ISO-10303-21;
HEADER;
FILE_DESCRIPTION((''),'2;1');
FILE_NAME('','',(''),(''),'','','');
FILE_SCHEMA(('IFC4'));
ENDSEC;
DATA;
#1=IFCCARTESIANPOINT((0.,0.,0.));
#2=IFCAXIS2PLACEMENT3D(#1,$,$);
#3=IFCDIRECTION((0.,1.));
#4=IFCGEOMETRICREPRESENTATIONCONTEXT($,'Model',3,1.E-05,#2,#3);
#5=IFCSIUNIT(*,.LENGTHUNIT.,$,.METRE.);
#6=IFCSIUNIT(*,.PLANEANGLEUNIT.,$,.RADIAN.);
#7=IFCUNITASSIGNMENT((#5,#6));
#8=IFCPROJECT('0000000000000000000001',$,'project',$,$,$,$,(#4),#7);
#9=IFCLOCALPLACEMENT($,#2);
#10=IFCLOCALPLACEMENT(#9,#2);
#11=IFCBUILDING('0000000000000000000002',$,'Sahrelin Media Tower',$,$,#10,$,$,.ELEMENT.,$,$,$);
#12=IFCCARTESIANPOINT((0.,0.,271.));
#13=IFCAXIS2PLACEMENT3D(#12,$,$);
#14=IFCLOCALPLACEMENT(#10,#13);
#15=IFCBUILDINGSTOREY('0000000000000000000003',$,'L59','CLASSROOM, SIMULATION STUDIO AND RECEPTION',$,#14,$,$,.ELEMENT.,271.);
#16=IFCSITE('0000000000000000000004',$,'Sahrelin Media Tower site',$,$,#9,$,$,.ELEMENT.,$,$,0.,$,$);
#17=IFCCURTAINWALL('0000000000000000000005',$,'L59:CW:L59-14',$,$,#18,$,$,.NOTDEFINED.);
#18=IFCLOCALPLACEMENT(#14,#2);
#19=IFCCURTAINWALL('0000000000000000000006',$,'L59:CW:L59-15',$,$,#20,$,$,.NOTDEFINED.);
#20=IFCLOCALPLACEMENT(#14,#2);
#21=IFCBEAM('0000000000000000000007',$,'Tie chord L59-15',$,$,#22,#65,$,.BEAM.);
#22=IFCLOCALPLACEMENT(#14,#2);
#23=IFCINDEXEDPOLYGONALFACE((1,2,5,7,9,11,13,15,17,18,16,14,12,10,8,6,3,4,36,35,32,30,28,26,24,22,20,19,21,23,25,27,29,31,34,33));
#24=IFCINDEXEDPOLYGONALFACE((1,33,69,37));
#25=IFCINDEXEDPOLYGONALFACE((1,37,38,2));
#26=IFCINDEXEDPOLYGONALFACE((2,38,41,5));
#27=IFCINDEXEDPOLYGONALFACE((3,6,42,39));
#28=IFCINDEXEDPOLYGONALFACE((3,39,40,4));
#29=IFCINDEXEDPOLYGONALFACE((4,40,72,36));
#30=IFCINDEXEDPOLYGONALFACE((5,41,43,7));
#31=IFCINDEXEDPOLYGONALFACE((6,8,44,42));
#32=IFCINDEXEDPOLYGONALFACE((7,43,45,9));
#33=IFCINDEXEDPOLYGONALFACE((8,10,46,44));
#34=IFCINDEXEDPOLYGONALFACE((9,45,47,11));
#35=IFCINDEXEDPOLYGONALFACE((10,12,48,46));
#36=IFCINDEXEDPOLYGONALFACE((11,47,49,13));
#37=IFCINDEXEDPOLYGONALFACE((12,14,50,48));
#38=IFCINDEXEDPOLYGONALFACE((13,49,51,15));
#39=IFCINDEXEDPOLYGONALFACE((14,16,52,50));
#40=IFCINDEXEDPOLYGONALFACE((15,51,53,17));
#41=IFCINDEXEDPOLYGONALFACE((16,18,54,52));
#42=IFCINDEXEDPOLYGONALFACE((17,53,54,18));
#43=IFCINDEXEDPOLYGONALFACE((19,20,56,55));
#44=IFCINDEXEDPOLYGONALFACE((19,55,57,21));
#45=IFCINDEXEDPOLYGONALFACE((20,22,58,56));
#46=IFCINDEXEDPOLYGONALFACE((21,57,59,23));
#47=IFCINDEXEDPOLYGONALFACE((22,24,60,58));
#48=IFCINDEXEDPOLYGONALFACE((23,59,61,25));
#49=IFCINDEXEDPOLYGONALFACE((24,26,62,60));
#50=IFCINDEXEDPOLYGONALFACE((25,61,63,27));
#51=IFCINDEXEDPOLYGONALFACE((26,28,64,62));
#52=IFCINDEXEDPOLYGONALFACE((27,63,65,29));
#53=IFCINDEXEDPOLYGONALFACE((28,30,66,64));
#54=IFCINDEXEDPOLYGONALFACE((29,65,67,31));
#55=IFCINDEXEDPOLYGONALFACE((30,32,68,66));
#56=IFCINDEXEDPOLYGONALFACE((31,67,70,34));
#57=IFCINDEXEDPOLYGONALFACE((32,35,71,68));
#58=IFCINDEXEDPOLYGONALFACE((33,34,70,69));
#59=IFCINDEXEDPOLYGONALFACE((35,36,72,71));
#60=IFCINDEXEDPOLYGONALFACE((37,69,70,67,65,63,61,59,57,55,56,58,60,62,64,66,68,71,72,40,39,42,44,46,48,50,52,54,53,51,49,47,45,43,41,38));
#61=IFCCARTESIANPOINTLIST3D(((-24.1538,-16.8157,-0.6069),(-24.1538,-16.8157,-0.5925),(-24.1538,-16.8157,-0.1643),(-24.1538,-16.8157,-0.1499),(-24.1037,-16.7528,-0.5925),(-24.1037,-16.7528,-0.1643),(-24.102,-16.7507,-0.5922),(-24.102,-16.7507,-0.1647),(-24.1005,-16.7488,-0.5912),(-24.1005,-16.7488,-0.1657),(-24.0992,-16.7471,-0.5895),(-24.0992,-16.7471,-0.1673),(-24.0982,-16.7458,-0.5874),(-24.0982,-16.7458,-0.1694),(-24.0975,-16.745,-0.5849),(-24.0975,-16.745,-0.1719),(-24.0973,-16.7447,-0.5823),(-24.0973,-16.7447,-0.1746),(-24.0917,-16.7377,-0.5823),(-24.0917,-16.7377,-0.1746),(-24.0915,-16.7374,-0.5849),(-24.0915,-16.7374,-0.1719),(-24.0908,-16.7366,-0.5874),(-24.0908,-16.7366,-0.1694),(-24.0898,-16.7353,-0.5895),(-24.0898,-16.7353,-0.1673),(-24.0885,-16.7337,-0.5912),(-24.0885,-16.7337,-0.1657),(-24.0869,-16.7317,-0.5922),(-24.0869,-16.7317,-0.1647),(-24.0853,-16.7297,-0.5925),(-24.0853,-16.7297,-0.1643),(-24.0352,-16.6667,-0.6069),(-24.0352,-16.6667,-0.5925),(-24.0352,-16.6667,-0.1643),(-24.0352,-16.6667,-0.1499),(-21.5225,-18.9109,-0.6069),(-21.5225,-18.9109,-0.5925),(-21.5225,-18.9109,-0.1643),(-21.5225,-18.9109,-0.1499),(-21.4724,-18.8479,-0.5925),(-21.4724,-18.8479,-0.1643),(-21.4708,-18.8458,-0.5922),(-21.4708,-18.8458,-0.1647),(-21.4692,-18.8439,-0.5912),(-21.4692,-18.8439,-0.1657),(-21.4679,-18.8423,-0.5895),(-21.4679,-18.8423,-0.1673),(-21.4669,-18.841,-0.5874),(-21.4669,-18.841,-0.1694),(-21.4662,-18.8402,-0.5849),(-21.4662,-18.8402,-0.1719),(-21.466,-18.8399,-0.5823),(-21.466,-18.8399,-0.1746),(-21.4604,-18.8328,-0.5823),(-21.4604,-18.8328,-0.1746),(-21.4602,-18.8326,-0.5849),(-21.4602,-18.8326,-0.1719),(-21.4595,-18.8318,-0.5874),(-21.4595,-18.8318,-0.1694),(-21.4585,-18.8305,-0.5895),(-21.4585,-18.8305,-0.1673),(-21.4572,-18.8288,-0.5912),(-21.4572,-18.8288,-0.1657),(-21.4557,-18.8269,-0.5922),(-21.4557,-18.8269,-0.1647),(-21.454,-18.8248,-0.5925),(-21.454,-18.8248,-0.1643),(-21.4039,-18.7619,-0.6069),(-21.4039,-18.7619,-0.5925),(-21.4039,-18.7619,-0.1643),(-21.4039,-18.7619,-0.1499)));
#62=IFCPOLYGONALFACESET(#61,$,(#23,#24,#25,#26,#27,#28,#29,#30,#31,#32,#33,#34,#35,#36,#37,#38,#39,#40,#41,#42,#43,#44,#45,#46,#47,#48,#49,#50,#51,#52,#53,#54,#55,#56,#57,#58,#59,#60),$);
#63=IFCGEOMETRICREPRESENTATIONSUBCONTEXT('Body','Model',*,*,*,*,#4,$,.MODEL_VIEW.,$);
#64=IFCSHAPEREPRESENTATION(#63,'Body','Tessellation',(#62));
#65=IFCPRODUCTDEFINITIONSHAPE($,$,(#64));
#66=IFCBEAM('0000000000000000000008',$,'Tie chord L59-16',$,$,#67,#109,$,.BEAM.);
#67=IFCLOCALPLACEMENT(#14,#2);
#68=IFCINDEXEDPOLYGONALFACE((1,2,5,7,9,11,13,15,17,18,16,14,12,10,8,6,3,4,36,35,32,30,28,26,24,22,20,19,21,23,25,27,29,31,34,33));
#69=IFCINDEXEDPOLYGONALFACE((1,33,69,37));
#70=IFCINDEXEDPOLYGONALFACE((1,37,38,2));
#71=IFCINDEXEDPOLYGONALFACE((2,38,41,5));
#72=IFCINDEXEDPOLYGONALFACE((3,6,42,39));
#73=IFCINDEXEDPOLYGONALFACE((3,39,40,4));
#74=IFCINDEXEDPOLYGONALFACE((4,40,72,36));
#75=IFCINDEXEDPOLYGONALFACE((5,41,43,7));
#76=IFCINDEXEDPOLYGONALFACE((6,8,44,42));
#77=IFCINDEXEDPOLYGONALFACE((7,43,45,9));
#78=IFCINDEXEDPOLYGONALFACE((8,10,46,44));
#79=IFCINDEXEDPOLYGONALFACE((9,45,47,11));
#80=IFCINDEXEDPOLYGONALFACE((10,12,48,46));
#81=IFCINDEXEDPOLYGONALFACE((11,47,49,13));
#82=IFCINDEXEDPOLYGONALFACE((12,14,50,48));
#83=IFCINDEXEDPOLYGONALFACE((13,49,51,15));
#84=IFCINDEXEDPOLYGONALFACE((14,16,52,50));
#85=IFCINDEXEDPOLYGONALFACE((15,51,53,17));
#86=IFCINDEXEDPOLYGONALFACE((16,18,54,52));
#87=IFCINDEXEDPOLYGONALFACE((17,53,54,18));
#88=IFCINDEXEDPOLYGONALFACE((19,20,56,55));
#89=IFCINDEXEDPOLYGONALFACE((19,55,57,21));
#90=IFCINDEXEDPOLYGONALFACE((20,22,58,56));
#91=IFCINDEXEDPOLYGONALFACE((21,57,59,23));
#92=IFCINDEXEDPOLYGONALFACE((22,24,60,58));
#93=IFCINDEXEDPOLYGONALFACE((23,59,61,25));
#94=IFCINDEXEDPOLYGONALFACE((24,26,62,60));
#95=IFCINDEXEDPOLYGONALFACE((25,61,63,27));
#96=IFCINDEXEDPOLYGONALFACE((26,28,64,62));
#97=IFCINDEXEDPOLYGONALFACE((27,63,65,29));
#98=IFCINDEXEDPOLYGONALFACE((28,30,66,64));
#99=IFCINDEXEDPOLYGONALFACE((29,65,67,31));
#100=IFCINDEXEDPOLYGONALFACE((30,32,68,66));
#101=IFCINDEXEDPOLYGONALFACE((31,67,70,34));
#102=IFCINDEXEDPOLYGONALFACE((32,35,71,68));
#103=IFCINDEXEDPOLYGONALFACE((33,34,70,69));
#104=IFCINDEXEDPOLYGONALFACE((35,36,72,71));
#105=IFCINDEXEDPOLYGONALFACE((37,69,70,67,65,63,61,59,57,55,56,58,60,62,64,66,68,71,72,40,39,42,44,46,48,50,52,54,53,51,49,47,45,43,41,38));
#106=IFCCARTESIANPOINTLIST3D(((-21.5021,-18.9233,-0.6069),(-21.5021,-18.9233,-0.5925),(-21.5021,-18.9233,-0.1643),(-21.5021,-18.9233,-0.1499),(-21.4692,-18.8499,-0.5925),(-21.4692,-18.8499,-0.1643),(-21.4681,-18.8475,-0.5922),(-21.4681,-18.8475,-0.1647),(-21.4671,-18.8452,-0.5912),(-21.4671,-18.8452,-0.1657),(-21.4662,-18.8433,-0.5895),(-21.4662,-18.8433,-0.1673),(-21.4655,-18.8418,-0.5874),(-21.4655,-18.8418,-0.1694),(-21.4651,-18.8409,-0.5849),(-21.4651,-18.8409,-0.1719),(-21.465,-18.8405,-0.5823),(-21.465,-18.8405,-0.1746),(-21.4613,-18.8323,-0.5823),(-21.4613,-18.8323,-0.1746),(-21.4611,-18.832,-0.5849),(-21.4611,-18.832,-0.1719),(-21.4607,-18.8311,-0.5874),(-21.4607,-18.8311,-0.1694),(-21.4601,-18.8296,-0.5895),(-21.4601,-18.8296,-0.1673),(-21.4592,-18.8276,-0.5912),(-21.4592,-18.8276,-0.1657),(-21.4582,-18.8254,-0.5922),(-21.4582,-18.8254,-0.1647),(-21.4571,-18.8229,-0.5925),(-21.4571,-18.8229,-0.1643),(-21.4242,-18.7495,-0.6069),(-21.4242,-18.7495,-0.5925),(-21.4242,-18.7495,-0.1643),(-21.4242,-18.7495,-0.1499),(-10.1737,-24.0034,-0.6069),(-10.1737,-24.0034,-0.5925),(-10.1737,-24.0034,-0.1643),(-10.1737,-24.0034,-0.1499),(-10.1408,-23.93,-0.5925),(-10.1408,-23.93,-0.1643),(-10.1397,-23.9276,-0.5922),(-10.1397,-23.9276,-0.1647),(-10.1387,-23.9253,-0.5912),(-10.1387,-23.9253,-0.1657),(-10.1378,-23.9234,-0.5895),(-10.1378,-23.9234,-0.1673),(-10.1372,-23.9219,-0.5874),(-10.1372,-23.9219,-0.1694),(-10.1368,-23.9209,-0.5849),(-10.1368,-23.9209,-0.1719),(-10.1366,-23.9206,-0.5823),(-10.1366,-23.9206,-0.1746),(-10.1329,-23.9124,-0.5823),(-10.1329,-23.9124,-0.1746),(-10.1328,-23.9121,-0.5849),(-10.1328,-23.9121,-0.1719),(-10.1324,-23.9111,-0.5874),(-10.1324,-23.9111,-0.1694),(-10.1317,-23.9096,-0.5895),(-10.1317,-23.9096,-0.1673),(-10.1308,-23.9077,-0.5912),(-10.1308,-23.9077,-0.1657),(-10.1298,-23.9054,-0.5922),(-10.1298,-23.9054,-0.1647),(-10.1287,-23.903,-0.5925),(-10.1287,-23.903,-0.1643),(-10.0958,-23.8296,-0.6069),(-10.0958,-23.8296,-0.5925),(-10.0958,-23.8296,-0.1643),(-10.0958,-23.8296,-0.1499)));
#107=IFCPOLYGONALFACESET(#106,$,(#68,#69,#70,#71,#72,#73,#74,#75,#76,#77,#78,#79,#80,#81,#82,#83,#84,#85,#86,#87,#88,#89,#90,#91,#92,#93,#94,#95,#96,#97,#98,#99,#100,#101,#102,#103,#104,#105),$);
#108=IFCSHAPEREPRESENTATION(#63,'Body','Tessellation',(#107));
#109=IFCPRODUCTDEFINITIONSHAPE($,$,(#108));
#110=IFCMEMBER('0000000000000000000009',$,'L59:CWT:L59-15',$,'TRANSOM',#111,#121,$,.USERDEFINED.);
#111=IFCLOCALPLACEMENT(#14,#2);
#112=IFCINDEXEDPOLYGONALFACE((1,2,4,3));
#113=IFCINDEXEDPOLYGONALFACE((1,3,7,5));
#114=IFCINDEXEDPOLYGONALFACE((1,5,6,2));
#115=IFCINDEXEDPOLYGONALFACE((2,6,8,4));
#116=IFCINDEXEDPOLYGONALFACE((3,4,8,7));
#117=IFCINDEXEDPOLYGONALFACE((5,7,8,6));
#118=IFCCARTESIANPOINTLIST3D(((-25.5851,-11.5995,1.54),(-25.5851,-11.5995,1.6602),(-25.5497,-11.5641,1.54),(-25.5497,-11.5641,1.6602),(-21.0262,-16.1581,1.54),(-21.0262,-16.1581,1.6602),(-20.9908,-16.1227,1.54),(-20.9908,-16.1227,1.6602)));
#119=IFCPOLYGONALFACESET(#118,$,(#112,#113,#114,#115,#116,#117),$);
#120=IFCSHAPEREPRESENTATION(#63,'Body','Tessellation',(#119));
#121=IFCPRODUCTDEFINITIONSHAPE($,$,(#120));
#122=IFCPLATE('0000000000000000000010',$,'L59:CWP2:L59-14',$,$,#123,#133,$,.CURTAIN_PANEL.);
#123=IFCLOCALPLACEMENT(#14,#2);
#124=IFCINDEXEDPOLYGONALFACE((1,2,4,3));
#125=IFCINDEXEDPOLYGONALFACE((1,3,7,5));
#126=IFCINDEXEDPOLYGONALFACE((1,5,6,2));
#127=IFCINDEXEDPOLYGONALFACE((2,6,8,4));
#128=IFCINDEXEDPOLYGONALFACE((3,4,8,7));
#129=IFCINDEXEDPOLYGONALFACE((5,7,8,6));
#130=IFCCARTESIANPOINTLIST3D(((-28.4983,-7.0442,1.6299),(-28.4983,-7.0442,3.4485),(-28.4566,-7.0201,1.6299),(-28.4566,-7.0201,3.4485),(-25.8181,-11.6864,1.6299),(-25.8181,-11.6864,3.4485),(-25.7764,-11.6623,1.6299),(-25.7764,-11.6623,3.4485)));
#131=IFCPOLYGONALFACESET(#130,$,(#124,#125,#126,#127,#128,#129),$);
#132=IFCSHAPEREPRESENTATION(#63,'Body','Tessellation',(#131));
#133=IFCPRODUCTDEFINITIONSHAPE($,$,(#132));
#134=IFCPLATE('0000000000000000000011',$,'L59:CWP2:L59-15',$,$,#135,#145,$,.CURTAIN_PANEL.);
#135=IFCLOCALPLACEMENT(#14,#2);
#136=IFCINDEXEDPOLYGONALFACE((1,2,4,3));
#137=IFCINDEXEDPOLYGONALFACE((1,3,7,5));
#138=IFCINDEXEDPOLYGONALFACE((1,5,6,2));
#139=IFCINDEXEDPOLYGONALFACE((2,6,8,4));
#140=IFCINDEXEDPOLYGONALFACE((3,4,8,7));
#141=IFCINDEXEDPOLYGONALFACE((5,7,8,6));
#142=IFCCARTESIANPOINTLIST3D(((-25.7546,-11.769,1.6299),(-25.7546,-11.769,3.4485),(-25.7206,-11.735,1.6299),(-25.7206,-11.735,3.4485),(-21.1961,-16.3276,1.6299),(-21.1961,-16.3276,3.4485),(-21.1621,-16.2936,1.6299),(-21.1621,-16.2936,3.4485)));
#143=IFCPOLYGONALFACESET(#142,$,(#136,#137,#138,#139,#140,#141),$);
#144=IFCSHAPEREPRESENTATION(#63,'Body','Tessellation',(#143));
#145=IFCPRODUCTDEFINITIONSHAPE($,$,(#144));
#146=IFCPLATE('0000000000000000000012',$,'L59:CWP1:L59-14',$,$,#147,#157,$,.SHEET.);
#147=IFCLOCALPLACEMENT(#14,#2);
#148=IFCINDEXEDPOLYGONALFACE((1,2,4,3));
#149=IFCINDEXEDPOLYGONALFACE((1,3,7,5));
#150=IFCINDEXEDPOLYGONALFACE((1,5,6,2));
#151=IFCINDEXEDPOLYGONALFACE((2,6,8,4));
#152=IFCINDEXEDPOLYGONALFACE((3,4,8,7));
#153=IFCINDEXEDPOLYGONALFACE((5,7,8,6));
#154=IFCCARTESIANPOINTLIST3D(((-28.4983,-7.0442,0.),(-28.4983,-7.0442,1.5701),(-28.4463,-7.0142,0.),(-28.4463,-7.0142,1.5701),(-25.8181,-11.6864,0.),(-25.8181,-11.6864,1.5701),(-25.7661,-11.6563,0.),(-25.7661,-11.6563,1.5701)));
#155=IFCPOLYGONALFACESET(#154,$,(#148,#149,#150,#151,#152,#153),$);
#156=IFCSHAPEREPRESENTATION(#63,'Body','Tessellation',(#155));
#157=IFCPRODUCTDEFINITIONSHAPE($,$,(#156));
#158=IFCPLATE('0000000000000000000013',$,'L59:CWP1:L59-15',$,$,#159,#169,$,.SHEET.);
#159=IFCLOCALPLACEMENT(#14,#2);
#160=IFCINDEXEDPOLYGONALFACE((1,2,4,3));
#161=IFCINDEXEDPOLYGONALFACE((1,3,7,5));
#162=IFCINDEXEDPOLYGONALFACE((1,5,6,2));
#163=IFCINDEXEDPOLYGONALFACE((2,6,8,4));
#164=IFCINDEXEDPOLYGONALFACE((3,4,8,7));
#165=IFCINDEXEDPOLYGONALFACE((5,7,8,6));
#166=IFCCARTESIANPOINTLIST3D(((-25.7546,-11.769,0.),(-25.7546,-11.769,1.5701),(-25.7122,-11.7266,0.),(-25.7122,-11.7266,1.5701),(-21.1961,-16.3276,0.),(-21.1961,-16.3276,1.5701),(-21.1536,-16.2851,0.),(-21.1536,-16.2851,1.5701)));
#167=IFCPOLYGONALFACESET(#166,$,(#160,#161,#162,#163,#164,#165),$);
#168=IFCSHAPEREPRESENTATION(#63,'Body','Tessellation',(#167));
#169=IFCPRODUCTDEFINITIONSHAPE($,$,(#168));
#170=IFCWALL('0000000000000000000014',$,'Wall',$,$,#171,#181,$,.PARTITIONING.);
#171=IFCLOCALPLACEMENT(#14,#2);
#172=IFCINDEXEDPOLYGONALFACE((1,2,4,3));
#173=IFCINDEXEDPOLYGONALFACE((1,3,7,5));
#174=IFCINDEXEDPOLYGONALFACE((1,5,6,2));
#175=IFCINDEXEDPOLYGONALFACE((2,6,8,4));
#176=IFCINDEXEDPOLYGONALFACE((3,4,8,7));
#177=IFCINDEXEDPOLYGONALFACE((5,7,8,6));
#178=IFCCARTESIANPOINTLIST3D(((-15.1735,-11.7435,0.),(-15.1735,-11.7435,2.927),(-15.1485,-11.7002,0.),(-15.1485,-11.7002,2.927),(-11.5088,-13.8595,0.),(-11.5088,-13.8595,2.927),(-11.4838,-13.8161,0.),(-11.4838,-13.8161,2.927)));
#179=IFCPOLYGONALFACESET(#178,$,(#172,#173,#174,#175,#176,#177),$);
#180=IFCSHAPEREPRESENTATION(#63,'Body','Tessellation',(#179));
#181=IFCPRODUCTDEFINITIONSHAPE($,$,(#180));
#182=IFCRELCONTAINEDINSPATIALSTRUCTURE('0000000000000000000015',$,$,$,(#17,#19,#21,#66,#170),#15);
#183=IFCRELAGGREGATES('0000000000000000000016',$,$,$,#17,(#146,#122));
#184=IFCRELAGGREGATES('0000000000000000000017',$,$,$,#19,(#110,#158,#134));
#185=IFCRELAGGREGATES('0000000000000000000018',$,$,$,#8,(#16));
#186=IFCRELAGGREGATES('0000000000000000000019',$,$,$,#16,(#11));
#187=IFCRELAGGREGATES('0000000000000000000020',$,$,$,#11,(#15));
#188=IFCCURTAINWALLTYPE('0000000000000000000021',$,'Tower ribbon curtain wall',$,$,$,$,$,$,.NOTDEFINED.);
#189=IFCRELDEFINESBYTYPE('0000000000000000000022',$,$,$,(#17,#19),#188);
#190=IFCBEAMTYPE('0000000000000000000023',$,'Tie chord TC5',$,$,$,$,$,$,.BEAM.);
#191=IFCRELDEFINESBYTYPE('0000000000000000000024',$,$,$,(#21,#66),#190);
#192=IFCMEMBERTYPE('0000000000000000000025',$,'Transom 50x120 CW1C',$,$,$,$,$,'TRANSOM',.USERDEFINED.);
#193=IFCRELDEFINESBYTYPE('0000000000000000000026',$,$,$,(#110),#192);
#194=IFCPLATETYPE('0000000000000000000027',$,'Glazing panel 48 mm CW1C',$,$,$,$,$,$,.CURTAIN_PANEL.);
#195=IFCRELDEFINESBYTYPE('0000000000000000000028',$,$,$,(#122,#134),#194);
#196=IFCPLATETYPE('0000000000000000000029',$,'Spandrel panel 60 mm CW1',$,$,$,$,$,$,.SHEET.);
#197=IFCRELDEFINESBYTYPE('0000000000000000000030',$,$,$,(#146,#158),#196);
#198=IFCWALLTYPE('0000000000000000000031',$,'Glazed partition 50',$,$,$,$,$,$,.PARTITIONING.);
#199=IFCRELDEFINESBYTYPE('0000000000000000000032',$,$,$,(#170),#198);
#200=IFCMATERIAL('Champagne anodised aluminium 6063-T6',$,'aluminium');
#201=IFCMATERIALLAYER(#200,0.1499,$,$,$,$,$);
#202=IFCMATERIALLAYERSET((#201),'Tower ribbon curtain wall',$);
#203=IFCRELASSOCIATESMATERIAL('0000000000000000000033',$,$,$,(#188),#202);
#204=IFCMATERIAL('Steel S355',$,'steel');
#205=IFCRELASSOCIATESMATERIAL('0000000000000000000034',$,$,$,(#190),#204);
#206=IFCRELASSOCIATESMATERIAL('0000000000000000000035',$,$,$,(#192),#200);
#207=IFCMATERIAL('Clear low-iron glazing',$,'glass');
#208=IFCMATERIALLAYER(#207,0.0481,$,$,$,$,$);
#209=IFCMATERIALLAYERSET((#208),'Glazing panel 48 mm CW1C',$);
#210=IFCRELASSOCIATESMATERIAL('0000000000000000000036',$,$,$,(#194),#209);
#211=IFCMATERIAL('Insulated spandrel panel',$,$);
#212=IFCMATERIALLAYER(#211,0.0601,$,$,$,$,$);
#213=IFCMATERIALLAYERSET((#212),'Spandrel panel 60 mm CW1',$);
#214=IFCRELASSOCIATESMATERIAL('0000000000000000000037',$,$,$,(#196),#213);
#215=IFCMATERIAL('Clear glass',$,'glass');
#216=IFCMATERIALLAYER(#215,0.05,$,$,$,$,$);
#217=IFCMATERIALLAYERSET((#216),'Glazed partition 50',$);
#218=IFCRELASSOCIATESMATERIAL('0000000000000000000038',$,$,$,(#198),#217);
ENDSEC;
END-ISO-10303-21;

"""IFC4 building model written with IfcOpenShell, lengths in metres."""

from ifc_helpers import new_model, si_unit, direction, frame, frame_2d, origin, origin_2d, place, context, subcontext, project, spatial, polyline, rectangle, i_section, outline, extrude, material, layer, layer_set, material_profile, profile_set, type_object, element, aggregate, save


model = new_model("IFC4")

# Units and contexts
model_context = context("Model", 3, precision=1e-05, world=origin(), true_north=direction((0.0, 1.0)))
body_context = subcontext(model_context, "Body", "Model", "MODEL_VIEW")
ifc_project = project(units=[si_unit("LENGTHUNIT", "METRE"), si_unit("PLANEANGLEUNIT", "RADIAN")], contexts=[model_context])

# Site, building, storey
site_placement = place(None, origin())
site = spatial("IfcSite", under=ifc_project, at=site_placement, Name="Sahrelin Media Tower site", CompositionType="ELEMENT", RefElevation=0.0)
building_placement = place(site_placement, origin())
building = spatial("IfcBuilding", under=site, at=building_placement, Name="Sahrelin Media Tower", CompositionType="ELEMENT")
storey_placement = place(building_placement, frame((0.0, 0.0, 271.0)))
storey = spatial("IfcBuildingStorey", under=building, at=storey_placement, Name="L59", Description="CLASSROOM, SIMULATION STUDIO AND RECEPTION", CompositionType="ELEMENT", Elevation=271.0)

# Shared definitions
ifc_material_1 = material(Name="Steel S355", Category="steel")

# Curtain walls
ifc_material_2 = material(Name="Champagne anodised aluminium 6063-T6", Category="aluminium")
ifc_layer_1 = layer(ifc_material_2, 0.1499)
ifc_layer_set_1 = layer_set([ifc_layer_1], Name="Tower ribbon curtain wall")
curtain_wall_type = type_object("IfcCurtainWallType", Name="Tower ribbon curtain wall", PredefinedType="NOTDEFINED", material=ifc_layer_set_1)
curtain_wall_1_placement = place(storey_placement, frame((-27.1409, -9.3552, 0.0), z_axis=(0.0, 0.0, 1.0), x_axis=(1.0, 0.0, 0.0)))
curtain_wall_1 = element("IfcCurtainWall", 1, at=curtain_wall_1_placement, inside=storey, type_object=curtain_wall_type, Name="L59:CW:L59-14", PredefinedType="NOTDEFINED")
curtain_wall_2_placement = place(storey_placement, frame((-23.4612, -14.0342, 0.0), z_axis=(0.0, 0.0, 1.0), x_axis=(1.0, 0.0, 0.0)))
curtain_wall_2 = element("IfcCurtainWall", 2, at=curtain_wall_2_placement, inside=storey, type_object=curtain_wall_type, Name="L59:CW:L59-15", PredefinedType="NOTDEFINED")

# Beams
ifc_material_profile_1 = material_profile(ifc_material_1, i_section(OverallWidth=0.1904, OverallDepth=0.457, WebThickness=0.009, FlangeThickness=0.0144, FilletRadius=0.0103, at=origin_2d()), Name="UB 457x191x74")
ifc_profile_set_1 = profile_set([ifc_material_profile_1], Name="Steel S355")
beam_type_1 = type_object("IfcBeamType", Name="Tie chord TC5", PredefinedType="BEAM", material=ifc_profile_set_1)
beam_1_placement = place(storey_placement, frame((-24.0945, -16.7412, -0.3784), z_axis=(0.782297, -0.622905, 0.0), x_axis=(0.622905, 0.782297, 0.0)))
element("IfcBeam", 3, at=beam_1_placement, inside=storey, type_object=beam_type_1, Name="Tie chord L59-15", PredefinedType="BEAM", context=body_context, shape_type="SweptSolid", body=[
    extrude(i_section(OverallWidth=0.1904, OverallDepth=0.457, WebThickness=0.009, FlangeThickness=0.0144, FilletRadius=0.0103, at=origin_2d()), origin(), (0.0, 0.0, 1.0), 3.3635),
])
beam_2_placement = place(storey_placement, frame((-21.4631, -18.8364, -0.3784), z_axis=(0.912454, -0.40918, 0.0), x_axis=(0.40918, 0.912454, 0.0)))
element("IfcBeam", 4, at=beam_2_placement, inside=storey, type_object=beam_type_1, Name="Tie chord L59-16", PredefinedType="BEAM", context=body_context, shape_type="SweptSolid", body=[
    extrude(i_section(OverallWidth=0.1904, OverallDepth=0.457, WebThickness=0.009, FlangeThickness=0.0144, FilletRadius=0.0103, at=origin_2d()), origin(), (0.0, 0.0, 1.0), 12.4153),
])

# Member
ifc_material_profile_2 = material_profile(ifc_material_2, rectangle(XDim=0.05, YDim=0.1201, at=origin_2d()), Name="Transom 50x120")
ifc_profile_set_2 = profile_set([ifc_material_profile_2], Name="Champagne anodised aluminium 6063-T6")
member_type_1 = type_object("IfcMemberType", Name="Transom 50x120 CW1C", ElementType="TRANSOM", PredefinedType="USERDEFINED", material=ifc_profile_set_2)
member_1_placement = place(storey_placement, frame((-25.5674, -11.5818, 1.6001), z_axis=(0.707126, -0.707088, 0.0), x_axis=(0.707088, 0.707126, 0.0)))
member_1 = element("IfcMember", 5, at=member_1_placement, type_object=member_type_1, Name="L59:CWT:L59-15", ObjectType="TRANSOM", PredefinedType="USERDEFINED", context=body_context, shape_type="SweptSolid", body=[
    extrude(rectangle(XDim=0.05, YDim=0.1201, at=origin_2d()), origin(), (0.0, 0.0, 1.0), 6.447),
])

# Plates
ifc_material_3 = material(Name="Clear low-iron glazing", Category="glass")
ifc_layer_2 = layer(ifc_material_3, 0.0481)
ifc_layer_set_2 = layer_set([ifc_layer_2], Name="Glazing panel 48 mm CW1C")
plate_type_1 = type_object("IfcPlateType", Name="Glazing panel 48 mm CW1C", PredefinedType="CURTAIN_PANEL", material=ifc_layer_set_2)
plate_1_placement = place(storey_placement, frame((-28.4983, -7.0442, 1.6299), z_axis=(-0.86602, -0.500009, 0.0), x_axis=(0.500009, -0.86602, 0.0)))
plate_1 = element("IfcPlate", 6, at=plate_1_placement, type_object=plate_type_1, Name="L59:CWP2:L59-14", PredefinedType="CURTAIN_PANEL", context=body_context, shape_type="SweptSolid", body=[
    extrude(outline(polyline([(0.0, 0.0), (5.3604, 0.0), (5.3604, 1.8186), (0.0, 1.8186), (0.0, 0.0)])), origin(), (0.0, 0.0, -1.0), 0.0481),
])
plate_2_placement = place(storey_placement, frame((-25.7546, -11.769, 1.6299), z_axis=(-0.707107, -0.707107, 0.0), x_axis=(0.707107, -0.707107, 0.0)))
plate_2 = element("IfcPlate", 7, at=plate_2_placement, type_object=plate_type_1, Name="L59:CWP2:L59-15", PredefinedType="CURTAIN_PANEL", context=body_context, shape_type="SweptSolid", body=[
    extrude(outline(polyline([(0.0, 0.0), (6.4468, 0.0), (6.4468, 1.8186), (0.0, 1.8186), (0.0, 0.0)])), origin(), (0.0, 0.0, -1.0), 0.0481),
])
ifc_material_4 = material(Name="Insulated spandrel panel")
ifc_layer_3 = layer(ifc_material_4, 0.0601)
ifc_layer_set_3 = layer_set([ifc_layer_3], Name="Spandrel panel 60 mm CW1")
plate_type_2 = type_object("IfcPlateType", Name="Spandrel panel 60 mm CW1", PredefinedType="SHEET", material=ifc_layer_set_3)
plate_3_placement = place(storey_placement, frame((-28.4983, -7.0442, 0.0), z_axis=(-0.86602, -0.500009, 0.0), x_axis=(0.500009, -0.86602, 0.0)))
plate_3 = element("IfcPlate", 8, at=plate_3_placement, type_object=plate_type_2, Name="L59:CWP1:L59-14", PredefinedType="SHEET", context=body_context, shape_type="SweptSolid", body=[
    extrude(outline(polyline([(0.0, 0.0), (5.3604, 0.0), (5.3604, 1.5701), (0.0, 1.5701), (0.0, 0.0)])), origin(), (0.0, 0.0, -1.0), 0.0601),
])
aggregate(curtain_wall_1, [plate_3, plate_1])
plate_4_placement = place(storey_placement, frame((-25.7546, -11.769, 0.0), z_axis=(-0.707107, -0.707107, 0.0), x_axis=(0.707107, -0.707107, 0.0)))
plate_4 = element("IfcPlate", 9, at=plate_4_placement, type_object=plate_type_2, Name="L59:CWP1:L59-15", PredefinedType="SHEET", context=body_context, shape_type="SweptSolid", body=[
    extrude(outline(polyline([(0.0, 0.0), (6.4468, 0.0), (6.4468, 1.5701), (0.0, 1.5701), (0.0, 0.0)])), origin(), (0.0, 0.0, -1.0), 0.0601),
])
aggregate(curtain_wall_2, [member_1, plate_4, plate_2])

# Wall
ifc_material_5 = material(Name="Clear glass", Category="glass")
ifc_layer_4 = layer(ifc_material_5, 0.05)
ifc_layer_set_4 = layer_set([ifc_layer_4], Name="Glazed partition 50")
wall_type_1 = type_object("IfcWallType", Name="Glazed partition 50", PredefinedType="PARTITIONING", material=ifc_layer_set_4)
wall_1_placement = place(storey_placement, frame((-15.1609, -11.7219, 0.0), z_axis=(0.0, 0.0, 1.0), x_axis=(0.866016, -0.500017, 0.0)))
element("IfcWall", 10, at=wall_1_placement, inside=storey, type_object=wall_type_1, Name="Wall", PredefinedType="PARTITIONING", context=body_context, shape_type="SweptSolid", body=[
    extrude(rectangle(XDim=4.2317, YDim=0.05, at=frame_2d((2.1157, 0.0))), origin(), (0.0, 0.0, 1.0), 2.927),
])

save(model, "model.ifc")
